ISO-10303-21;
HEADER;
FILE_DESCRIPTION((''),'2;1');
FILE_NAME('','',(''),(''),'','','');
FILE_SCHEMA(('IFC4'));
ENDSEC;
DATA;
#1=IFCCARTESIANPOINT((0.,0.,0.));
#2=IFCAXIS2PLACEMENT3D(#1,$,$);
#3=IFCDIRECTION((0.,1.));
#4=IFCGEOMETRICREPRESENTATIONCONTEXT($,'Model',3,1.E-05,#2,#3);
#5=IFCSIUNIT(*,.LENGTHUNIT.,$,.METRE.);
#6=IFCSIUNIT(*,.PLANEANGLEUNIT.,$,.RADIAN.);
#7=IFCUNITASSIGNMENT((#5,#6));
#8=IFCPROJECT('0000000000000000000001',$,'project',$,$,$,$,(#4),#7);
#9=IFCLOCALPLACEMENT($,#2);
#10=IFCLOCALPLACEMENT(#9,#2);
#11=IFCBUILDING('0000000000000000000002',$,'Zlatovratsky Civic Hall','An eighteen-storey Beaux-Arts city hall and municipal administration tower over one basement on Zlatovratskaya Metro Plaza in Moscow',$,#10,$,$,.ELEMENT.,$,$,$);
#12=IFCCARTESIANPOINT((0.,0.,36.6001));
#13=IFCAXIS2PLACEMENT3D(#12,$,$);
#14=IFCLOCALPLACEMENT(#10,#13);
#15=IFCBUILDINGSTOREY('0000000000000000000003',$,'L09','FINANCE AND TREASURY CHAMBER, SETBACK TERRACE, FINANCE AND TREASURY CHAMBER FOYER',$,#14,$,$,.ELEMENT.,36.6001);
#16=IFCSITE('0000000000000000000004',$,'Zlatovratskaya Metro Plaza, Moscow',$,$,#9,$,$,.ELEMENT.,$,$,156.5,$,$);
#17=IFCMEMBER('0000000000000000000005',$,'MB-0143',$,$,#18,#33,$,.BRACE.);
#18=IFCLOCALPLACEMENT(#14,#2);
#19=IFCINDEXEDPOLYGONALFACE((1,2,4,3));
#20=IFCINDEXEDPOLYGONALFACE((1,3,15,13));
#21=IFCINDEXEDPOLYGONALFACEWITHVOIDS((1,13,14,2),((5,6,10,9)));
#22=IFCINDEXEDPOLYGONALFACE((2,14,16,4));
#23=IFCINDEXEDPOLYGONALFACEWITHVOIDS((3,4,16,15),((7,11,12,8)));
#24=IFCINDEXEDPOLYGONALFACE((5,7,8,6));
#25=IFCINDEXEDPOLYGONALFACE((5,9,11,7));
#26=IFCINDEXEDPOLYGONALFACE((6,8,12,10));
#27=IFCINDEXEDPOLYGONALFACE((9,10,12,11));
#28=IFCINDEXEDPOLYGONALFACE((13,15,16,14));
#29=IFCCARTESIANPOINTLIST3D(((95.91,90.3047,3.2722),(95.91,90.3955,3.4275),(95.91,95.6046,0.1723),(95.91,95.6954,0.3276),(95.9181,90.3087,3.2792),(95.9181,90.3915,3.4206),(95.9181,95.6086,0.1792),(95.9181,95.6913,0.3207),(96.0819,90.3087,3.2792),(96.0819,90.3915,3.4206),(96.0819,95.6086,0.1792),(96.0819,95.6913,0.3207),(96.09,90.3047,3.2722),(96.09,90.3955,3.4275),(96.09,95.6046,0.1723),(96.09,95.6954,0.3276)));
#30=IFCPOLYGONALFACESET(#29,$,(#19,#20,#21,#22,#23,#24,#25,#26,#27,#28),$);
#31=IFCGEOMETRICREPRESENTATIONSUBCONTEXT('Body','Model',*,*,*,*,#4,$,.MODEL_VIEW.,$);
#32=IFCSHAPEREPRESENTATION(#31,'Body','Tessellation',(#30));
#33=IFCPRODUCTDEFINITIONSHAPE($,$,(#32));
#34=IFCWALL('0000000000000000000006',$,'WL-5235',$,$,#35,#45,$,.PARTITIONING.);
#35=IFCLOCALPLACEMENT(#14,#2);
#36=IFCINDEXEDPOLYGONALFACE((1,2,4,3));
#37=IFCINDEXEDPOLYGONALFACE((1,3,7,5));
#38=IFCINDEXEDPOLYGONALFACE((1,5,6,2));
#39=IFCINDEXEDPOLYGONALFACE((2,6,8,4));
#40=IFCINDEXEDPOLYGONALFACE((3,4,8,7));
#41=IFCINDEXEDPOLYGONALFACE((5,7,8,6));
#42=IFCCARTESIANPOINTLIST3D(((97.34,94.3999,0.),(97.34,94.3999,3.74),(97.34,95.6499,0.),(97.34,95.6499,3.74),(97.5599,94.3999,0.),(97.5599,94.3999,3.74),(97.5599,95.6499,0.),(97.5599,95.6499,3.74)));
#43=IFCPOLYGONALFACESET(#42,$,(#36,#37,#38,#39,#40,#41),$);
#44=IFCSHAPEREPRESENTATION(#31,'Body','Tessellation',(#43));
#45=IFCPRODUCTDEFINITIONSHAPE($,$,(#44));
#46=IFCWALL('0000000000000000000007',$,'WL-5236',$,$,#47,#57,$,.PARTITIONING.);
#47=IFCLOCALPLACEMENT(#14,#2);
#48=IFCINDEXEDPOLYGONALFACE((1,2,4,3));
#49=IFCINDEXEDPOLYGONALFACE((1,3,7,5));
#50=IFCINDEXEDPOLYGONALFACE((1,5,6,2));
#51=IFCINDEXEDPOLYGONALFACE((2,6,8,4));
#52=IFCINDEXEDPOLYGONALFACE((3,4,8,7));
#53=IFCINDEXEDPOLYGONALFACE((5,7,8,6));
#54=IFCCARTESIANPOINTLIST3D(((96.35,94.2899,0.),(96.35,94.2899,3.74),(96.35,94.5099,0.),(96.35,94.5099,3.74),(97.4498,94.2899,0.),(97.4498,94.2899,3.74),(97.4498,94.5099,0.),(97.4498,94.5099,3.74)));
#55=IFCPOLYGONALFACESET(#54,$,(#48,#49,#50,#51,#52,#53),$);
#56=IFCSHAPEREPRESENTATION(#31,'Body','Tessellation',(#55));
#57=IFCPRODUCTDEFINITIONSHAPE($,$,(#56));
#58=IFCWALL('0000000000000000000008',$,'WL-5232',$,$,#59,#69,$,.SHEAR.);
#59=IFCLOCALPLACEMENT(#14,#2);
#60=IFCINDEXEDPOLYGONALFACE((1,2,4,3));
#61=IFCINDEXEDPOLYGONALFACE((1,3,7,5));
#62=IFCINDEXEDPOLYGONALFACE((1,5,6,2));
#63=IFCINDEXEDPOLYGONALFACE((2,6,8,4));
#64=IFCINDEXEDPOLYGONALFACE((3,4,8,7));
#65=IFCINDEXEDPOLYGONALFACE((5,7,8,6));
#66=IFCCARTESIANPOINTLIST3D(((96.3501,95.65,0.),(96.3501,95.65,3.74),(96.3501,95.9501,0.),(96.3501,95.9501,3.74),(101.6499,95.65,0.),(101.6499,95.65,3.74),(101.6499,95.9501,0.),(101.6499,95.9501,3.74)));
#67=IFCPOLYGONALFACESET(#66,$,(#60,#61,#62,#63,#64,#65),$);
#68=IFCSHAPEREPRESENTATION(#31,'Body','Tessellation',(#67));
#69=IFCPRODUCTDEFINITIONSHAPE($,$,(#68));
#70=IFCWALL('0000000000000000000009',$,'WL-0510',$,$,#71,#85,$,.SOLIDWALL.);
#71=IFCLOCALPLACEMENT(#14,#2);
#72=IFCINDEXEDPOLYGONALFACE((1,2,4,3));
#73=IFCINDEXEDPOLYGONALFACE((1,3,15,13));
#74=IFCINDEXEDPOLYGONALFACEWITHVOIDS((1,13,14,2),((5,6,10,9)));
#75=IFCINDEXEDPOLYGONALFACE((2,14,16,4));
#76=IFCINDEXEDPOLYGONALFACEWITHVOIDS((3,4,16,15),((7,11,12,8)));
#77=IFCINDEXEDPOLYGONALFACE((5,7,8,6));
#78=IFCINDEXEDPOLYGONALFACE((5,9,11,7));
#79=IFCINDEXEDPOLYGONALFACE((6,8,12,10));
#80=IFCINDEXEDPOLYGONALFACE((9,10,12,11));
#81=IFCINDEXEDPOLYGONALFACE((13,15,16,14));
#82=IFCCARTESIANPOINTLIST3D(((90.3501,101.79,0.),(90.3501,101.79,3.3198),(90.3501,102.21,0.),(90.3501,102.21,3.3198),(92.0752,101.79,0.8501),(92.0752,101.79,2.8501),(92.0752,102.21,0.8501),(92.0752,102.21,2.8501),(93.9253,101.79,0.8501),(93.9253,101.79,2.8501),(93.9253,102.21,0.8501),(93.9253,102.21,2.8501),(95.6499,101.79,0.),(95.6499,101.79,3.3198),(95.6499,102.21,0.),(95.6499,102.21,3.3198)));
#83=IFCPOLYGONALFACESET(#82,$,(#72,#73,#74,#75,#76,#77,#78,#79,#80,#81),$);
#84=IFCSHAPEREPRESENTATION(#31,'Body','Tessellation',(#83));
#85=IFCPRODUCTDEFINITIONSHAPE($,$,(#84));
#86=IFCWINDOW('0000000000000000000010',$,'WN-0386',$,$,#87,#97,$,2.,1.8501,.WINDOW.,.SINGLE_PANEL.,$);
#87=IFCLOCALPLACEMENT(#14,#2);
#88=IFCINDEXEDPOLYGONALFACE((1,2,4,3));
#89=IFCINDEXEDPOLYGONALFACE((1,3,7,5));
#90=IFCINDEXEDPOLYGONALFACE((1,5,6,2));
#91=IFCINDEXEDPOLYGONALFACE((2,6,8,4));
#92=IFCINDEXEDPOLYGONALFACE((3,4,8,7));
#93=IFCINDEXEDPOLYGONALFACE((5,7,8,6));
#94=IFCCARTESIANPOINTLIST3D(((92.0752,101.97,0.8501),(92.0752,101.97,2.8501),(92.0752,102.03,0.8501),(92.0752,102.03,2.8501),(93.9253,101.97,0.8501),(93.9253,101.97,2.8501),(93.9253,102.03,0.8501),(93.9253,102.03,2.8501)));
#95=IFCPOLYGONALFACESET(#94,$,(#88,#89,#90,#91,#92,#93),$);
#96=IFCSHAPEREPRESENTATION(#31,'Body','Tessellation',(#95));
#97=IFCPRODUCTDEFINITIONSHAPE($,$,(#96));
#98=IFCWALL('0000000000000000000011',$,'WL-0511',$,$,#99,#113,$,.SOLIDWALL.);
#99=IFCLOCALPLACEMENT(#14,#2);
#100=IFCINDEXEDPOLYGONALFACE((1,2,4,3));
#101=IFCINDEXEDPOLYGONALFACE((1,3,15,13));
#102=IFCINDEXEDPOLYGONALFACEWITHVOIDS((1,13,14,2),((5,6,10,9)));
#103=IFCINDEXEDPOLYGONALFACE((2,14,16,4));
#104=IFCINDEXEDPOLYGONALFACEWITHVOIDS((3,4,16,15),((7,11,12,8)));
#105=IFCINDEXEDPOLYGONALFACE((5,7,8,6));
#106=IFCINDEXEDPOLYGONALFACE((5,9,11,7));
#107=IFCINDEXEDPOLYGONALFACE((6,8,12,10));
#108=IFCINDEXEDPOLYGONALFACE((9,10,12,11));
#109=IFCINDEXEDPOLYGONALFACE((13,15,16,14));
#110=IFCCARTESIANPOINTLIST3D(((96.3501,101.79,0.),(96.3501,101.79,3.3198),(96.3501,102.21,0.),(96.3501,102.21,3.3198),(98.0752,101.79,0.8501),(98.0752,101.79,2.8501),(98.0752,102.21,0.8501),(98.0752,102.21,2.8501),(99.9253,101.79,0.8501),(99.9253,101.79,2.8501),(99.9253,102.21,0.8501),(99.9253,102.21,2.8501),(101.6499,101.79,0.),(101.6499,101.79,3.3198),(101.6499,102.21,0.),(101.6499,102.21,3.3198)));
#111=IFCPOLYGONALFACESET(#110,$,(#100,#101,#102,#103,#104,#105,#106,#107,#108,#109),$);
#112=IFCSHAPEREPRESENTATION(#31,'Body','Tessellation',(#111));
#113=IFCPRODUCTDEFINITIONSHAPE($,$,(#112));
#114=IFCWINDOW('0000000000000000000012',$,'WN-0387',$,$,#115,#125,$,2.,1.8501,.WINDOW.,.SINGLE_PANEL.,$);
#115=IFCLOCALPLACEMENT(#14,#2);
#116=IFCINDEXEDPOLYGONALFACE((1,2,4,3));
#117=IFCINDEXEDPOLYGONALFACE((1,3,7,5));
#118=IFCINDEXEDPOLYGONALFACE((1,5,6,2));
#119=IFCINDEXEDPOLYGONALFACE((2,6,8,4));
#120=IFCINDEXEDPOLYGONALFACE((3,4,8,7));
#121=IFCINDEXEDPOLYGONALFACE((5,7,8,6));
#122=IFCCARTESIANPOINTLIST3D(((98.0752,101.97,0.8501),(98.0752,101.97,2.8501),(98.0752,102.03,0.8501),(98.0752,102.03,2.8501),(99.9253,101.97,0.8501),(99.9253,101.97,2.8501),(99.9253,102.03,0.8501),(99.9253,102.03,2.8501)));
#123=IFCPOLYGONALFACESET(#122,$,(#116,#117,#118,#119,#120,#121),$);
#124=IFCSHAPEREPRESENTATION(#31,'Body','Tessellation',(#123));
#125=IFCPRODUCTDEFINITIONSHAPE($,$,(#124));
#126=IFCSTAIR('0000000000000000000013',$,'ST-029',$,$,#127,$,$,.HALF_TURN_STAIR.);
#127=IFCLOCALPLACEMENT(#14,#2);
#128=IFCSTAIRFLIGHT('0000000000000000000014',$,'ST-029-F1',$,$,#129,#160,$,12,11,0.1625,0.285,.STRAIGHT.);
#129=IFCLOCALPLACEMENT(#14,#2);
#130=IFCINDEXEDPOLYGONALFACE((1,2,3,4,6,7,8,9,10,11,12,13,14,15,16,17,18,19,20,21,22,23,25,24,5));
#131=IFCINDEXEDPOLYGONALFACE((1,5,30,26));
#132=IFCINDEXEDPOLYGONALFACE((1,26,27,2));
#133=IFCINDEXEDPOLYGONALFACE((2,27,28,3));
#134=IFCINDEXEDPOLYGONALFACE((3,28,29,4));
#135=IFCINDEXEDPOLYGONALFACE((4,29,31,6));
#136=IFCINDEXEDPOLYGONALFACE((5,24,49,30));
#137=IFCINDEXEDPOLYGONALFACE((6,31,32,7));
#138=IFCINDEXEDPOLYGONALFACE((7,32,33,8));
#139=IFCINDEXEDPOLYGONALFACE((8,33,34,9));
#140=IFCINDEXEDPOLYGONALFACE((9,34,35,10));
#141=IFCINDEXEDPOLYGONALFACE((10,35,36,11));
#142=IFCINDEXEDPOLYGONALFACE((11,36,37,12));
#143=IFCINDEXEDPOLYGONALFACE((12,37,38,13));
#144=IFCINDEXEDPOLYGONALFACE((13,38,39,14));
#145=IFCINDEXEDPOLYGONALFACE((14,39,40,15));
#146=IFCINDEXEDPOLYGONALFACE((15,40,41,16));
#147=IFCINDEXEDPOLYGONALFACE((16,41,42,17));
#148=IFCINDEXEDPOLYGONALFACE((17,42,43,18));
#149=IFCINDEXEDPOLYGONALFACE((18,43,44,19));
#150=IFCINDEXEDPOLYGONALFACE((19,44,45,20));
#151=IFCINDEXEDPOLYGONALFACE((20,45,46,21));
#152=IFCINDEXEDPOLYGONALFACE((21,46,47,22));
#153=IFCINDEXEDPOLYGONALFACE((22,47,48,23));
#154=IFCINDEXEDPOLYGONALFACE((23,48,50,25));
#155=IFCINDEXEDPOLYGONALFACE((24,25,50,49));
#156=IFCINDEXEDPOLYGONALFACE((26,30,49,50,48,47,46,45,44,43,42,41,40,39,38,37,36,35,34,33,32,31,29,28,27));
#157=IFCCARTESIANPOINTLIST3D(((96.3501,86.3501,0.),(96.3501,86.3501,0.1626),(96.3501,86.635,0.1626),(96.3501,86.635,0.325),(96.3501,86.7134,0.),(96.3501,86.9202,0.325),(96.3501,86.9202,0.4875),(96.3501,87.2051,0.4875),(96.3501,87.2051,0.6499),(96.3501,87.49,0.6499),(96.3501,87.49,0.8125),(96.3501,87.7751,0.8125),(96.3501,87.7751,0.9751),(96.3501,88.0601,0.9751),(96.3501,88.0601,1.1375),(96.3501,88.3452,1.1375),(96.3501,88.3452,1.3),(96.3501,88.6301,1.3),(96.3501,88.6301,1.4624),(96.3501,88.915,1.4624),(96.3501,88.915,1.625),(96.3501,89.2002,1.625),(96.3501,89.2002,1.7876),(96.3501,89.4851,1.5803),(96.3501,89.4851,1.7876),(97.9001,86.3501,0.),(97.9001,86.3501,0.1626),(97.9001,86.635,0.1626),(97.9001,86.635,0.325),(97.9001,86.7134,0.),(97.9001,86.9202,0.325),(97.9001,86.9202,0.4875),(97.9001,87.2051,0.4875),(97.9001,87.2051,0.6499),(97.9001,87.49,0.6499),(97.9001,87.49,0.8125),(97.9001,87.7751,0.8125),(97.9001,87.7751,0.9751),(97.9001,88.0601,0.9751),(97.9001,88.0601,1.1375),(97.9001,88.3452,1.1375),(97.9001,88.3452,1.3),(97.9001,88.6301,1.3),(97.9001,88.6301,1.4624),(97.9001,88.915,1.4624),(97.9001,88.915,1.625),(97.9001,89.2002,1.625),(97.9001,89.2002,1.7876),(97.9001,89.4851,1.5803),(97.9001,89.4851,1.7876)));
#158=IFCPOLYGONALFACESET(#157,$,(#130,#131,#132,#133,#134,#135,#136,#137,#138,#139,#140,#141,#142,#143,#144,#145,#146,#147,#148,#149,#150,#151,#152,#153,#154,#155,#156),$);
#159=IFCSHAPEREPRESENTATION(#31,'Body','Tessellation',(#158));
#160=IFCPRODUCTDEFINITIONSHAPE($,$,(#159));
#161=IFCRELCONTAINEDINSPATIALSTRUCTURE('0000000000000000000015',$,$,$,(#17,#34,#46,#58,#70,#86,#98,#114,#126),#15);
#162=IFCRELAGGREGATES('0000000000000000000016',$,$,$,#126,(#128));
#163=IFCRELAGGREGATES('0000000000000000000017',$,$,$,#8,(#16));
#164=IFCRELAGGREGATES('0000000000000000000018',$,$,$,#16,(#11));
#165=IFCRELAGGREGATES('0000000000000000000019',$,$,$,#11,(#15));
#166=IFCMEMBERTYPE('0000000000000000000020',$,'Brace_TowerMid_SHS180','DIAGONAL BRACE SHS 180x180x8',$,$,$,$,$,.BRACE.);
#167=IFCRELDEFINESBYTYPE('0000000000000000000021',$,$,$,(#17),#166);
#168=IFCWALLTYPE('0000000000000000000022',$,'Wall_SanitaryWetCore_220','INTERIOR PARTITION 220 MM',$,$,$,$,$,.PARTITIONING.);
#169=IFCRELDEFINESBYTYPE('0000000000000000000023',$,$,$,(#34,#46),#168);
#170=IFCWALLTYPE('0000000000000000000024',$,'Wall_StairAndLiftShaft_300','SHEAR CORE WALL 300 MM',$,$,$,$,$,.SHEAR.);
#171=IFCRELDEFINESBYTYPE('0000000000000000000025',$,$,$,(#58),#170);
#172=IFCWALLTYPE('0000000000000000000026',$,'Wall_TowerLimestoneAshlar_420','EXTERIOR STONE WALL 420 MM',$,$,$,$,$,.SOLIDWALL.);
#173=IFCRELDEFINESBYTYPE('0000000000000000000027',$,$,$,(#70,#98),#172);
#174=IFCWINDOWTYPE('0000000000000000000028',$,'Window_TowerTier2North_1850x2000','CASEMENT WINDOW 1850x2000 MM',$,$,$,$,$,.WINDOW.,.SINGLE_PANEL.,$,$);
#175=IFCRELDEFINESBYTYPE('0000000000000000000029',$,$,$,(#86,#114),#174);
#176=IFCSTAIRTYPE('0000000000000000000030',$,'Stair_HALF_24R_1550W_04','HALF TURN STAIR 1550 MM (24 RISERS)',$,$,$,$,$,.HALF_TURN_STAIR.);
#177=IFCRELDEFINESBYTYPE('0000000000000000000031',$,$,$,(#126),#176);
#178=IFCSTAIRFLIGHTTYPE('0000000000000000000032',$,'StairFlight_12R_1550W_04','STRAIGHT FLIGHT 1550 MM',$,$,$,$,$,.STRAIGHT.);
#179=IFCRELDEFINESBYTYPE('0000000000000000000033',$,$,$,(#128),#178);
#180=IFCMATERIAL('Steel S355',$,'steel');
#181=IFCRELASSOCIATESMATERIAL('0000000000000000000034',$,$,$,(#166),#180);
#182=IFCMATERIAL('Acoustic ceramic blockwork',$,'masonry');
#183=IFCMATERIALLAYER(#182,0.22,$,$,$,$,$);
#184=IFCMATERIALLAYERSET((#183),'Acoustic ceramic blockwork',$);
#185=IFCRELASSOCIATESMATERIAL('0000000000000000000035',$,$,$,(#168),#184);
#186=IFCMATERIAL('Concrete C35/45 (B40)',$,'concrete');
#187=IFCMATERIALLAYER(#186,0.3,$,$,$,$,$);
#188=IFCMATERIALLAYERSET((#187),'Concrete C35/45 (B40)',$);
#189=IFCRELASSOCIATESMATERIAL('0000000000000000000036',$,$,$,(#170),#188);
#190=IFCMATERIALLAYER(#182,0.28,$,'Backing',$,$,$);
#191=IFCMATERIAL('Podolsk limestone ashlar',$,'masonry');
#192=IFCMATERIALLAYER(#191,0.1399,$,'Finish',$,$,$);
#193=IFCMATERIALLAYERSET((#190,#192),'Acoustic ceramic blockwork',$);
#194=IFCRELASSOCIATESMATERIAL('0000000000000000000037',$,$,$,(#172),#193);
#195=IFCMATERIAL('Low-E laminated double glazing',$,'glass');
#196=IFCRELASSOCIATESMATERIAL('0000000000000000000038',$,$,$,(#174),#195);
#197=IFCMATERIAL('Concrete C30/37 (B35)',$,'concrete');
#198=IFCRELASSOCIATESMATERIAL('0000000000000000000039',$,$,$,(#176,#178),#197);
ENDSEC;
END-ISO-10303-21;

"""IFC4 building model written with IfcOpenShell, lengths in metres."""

from ifc_helpers import new_model, si_unit, direction, frame, frame_2d, origin, origin_2d, place, context, subcontext, project, spatial, polyline, rectangle, hollow_rectangle, outline, extrude, material, layer, layer_set, material_profile, profile_set, type_object, element, fill, aggregate, save


model = new_model("IFC4")

# Units and contexts
model_context = context("Model", 3, precision=1e-05, world=origin(), true_north=direction((0.0, 1.0)))
body_context = subcontext(model_context, "Body", "Model", "MODEL_VIEW")
ifc_project = project(units=[si_unit("LENGTHUNIT", "METRE"), si_unit("PLANEANGLEUNIT", "RADIAN")], contexts=[model_context])

# Site, building, storey
site_placement = place(None, origin())
site = spatial("IfcSite", under=ifc_project, at=site_placement, Name="Zlatovratskaya Metro Plaza, Moscow", CompositionType="ELEMENT", RefElevation=156.5)
building_placement = place(site_placement, origin())
building = spatial("IfcBuilding", under=site, at=building_placement, Name="Zlatovratsky Civic Hall", Description="An eighteen-storey Beaux-Arts city hall and municipal administration tower over one basement on Zlatovratskaya Metro Plaza in Moscow", CompositionType="ELEMENT")
storey_placement = place(building_placement, frame((0.0, 0.0, 36.6001)))
storey = spatial("IfcBuildingStorey", under=building, at=storey_placement, Name="L09", Description="FINANCE AND TREASURY CHAMBER, SETBACK TERRACE, FINANCE AND TREASURY CHAMBER FOYER", CompositionType="ELEMENT", Elevation=36.6001)

# Shared definitions
ifc_material_1 = material(Name="Concrete C35/45 (B40)", Category="concrete")

# Shared definitions
ifc_material_2 = material(Name="Steel S355", Category="steel")

# Member
ifc_material_profile_1 = material_profile(ifc_material_2, hollow_rectangle(XDim=0.1799, YDim=0.1799, WallThickness=0.0081, at=origin_2d()), Name="SHS 180x180x8")
ifc_profile_set_1 = profile_set([ifc_material_profile_1], Name="Steel S355")
member_type = type_object("IfcMemberType", Name="Brace_TowerMid_SHS180", Description="DIAGONAL BRACE SHS 180x180x8", PredefinedType="BRACE", material=ifc_profile_set_1)
member_placement = place(storey_placement, frame((96.0, 90.3501, 3.3499), z_axis=(0.0, 0.86319, -0.504879), x_axis=(-1.0, 0.0, 0.0)))
element("IfcMember", 1, at=member_placement, inside=storey, type_object=member_type, Name="MB-0143", PredefinedType="BRACE", context=body_context, shape_type="SweptSolid", body=[
    extrude(hollow_rectangle(XDim=0.1799, YDim=0.1799, WallThickness=0.0081, at=origin_2d()), origin(), (0.0, 0.0, 1.0), 6.1399),
])

# Walls
ifc_material_3 = material(Name="Acoustic ceramic blockwork", Category="masonry")
ifc_layer_1 = layer(ifc_material_3, 0.22)
ifc_layer_set_1 = layer_set([ifc_layer_1], Name="Acoustic ceramic blockwork")
wall_type_1 = type_object("IfcWallType", Name="Wall_SanitaryWetCore_220", Description="INTERIOR PARTITION 220 MM", PredefinedType="PARTITIONING", material=ifc_layer_set_1)
wall_1_placement = place(storey_placement, frame((97.45, 94.3999, 0.0), z_axis=(0.0, 0.0, 1.0), x_axis=(0.0, 1.0, 0.0)))
element("IfcWall", 2, at=wall_1_placement, inside=storey, type_object=wall_type_1, Name="WL-5235", PredefinedType="PARTITIONING", context=body_context, shape_type="SweptSolid", body=[
    extrude(rectangle(XDim=1.25, YDim=0.22, at=frame_2d((0.625, 0.0))), origin(), (0.0, 0.0, 1.0), 3.74),
])
wall_2_placement = place(storey_placement, frame((96.3501, 94.3999, 0.0), z_axis=(0.0, 0.0, 1.0), x_axis=(1.0, 0.0, 0.0)))
element("IfcWall", 3, at=wall_2_placement, inside=storey, type_object=wall_type_1, Name="WL-5236", PredefinedType="PARTITIONING", context=body_context, shape_type="SweptSolid", body=[
    extrude(rectangle(XDim=1.0999, YDim=0.22, at=frame_2d((0.5498, 0.0))), origin(), (0.0, 0.0, 1.0), 3.74),
])

# Wall
ifc_layer_2 = layer(ifc_material_1, 0.3)
ifc_layer_set_2 = layer_set([ifc_layer_2], Name="Concrete C35/45 (B40)")
wall_type_2 = type_object("IfcWallType", Name="Wall_StairAndLiftShaft_300", Description="SHEAR CORE WALL 300 MM", PredefinedType="SHEAR", material=ifc_layer_set_2)
wall_3_placement = place(storey_placement, frame((96.3501, 95.8, 0.0), z_axis=(0.0, 0.0, 1.0), x_axis=(1.0, 0.0, 0.0)))
element("IfcWall", 4, at=wall_3_placement, inside=storey, type_object=wall_type_2, Name="WL-5232", PredefinedType="SHEAR", context=body_context, shape_type="SweptSolid", body=[
    extrude(rectangle(XDim=5.2998, YDim=0.3, at=frame_2d((2.6499, 0.0))), origin(), (0.0, 0.0, 1.0), 3.74),
])

# Walls, openings, windows
ifc_layer_3 = layer(ifc_material_3, 0.28, Name="Backing")
ifc_material_4 = material(Name="Podolsk limestone ashlar", Category="masonry")
ifc_layer_4 = layer(ifc_material_4, 0.1399, Name="Finish")
ifc_layer_set_3 = layer_set([ifc_layer_3, ifc_layer_4], Name="Acoustic ceramic blockwork")
wall_type_3 = type_object("IfcWallType", Name="Wall_TowerLimestoneAshlar_420", Description="EXTERIOR STONE WALL 420 MM", PredefinedType="SOLIDWALL", material=ifc_layer_set_3)
wall_4_placement = place(storey_placement, frame((90.3501, 102.0, 0.0), z_axis=(0.0, 0.0, 1.0), x_axis=(1.0, 0.0, 0.0)))
wall_4 = element("IfcWall", 5, at=wall_4_placement, inside=storey, type_object=wall_type_3, Name="WL-0510", PredefinedType="SOLIDWALL", context=body_context, shape_type="SweptSolid", body=[
    extrude(rectangle(XDim=5.2998, YDim=0.4199, at=frame_2d((2.6499, 0.0))), origin(), (0.0, 0.0, 1.0), 3.3198),
])
opening_1_placement = place(wall_4_placement, frame((1.7251, 0.0, 0.8501)))
opening_1 = element("IfcOpeningElement", 6, at=opening_1_placement, cuts=wall_4, PredefinedType="OPENING", context=body_context, shape_type="SweptSolid", body=[
    extrude(rectangle(XDim=1.8501, YDim=2.0, at=frame_2d((0.925, 1.0))), frame((0.0, 0.2249, 0.0), z_axis=(0.0, -1.0, 0.0), x_axis=(1.0, 0.0, 0.0)), (0.0, 0.0, 1.0), 0.4497),
])
ifc_material_5 = material(Name="Low-E laminated double glazing", Category="glass")
window_type = type_object("IfcWindowType", Name="Window_TowerTier2North_1850x2000", Description="CASEMENT WINDOW 1850x2000 MM", PartitioningType="SINGLE_PANEL", PredefinedType="WINDOW", material=ifc_material_5)
window_1_placement = place(opening_1_placement, origin())
window_1 = element("IfcWindow", 7, at=window_1_placement, inside=storey, type_object=window_type, Name="WN-0386", OverallHeight=2.0, OverallWidth=1.8501, PartitioningType="SINGLE_PANEL", PredefinedType="WINDOW", context=body_context, shape_type="SweptSolid", body=[
    extrude(rectangle(XDim=1.8501, YDim=2.0, at=frame_2d((0.925, 1.0))), frame((0.0, 0.03, 0.0), z_axis=(0.0, -1.0, 0.0), x_axis=(1.0, 0.0, 0.0)), (0.0, 0.0, 1.0), 0.0601),
])
fill(opening_1, window_1)
wall_5_placement = place(storey_placement, frame((96.3501, 102.0, 0.0), z_axis=(0.0, 0.0, 1.0), x_axis=(1.0, 0.0, 0.0)))
wall_5 = element("IfcWall", 8, at=wall_5_placement, inside=storey, type_object=wall_type_3, Name="WL-0511", PredefinedType="SOLIDWALL", context=body_context, shape_type="SweptSolid", body=[
    extrude(rectangle(XDim=5.2998, YDim=0.4199, at=frame_2d((2.6499, 0.0))), origin(), (0.0, 0.0, 1.0), 3.3198),
])
opening_2_placement = place(wall_5_placement, frame((1.7251, 0.0, 0.8501)))
opening_2 = element("IfcOpeningElement", 9, at=opening_2_placement, cuts=wall_5, PredefinedType="OPENING", context=body_context, shape_type="SweptSolid", body=[
    extrude(rectangle(XDim=1.8501, YDim=2.0, at=frame_2d((0.925, 1.0))), frame((0.0, 0.2249, 0.0), z_axis=(0.0, -1.0, 0.0), x_axis=(1.0, 0.0, 0.0)), (0.0, 0.0, 1.0), 0.4497),
])
window_2_placement = place(opening_2_placement, origin())
window_2 = element("IfcWindow", 10, at=window_2_placement, inside=storey, type_object=window_type, Name="WN-0387", OverallHeight=2.0, OverallWidth=1.8501, PartitioningType="SINGLE_PANEL", PredefinedType="WINDOW", context=body_context, shape_type="SweptSolid", body=[
    extrude(rectangle(XDim=1.8501, YDim=2.0, at=frame_2d((0.925, 1.0))), frame((0.0, 0.03, 0.0), z_axis=(0.0, -1.0, 0.0), x_axis=(1.0, 0.0, 0.0)), (0.0, 0.0, 1.0), 0.0601),
])
fill(opening_2, window_2)

# Stair, stair flight
ifc_material_6 = material(Name="Concrete C30/37 (B35)", Category="concrete")
stair_type = type_object("IfcStairType", Name="Stair_HALF_24R_1550W_04", Description="HALF TURN STAIR 1550 MM (24 RISERS)", PredefinedType="HALF_TURN_STAIR", material=ifc_material_6)
stair_placement = place(storey_placement, origin())
stair = element("IfcStair", 11, at=stair_placement, inside=storey, type_object=stair_type, Name="ST-029", PredefinedType="HALF_TURN_STAIR")
stair_flight_type = type_object("IfcStairFlightType", Name="StairFlight_12R_1550W_04", Description="STRAIGHT FLIGHT 1550 MM", PredefinedType="STRAIGHT", material=ifc_material_6)
stair_flight_placement = place(storey_placement, frame((97.125, 86.3501, 0.0), z_axis=(0.0, 0.0, 1.0), x_axis=(0.0, 1.0, 0.0)))
stair_flight = element("IfcStairFlight", 12, at=stair_flight_placement, type_object=stair_flight_type, Name="ST-029-F1", NumberOfRisers=12, NumberOfTreads=11, PredefinedType="STRAIGHT", RiserHeight=0.1625, TreadLength=0.285, context=body_context, shape_type="SweptSolid", body=[
    extrude(outline(polyline([(0.0, 0.0), (0.0, 0.1626), (0.2849, 0.1626), (0.2849, 0.325), (0.5701, 0.325), (0.5701, 0.4875), (0.855, 0.4875), (0.855, 0.6499), (1.1399, 0.6499), (1.1399, 0.8125), (1.425, 0.8125), (1.425, 0.9751), (1.71, 0.9751), (1.71, 1.1375), (1.9951, 1.1375), (1.9951, 1.3), (2.28, 1.3), (2.28, 1.4624), (2.5649, 1.4624), (2.5649, 1.625), (2.8501, 1.625), (2.8501, 1.7876), (3.135, 1.7876), (3.135, 1.95), (3.135, 1.5803), (0.3633, 0.0), (0.0, 0.0)])), frame((0.0, 0.7749, 0.0), z_axis=(0.0, -1.0, 0.0), x_axis=(1.0, 0.0, 0.0)), (0.0, 0.0, 1.0), 1.55),
])
aggregate(stair, [stair_flight])

save(model, "model.ifc")
